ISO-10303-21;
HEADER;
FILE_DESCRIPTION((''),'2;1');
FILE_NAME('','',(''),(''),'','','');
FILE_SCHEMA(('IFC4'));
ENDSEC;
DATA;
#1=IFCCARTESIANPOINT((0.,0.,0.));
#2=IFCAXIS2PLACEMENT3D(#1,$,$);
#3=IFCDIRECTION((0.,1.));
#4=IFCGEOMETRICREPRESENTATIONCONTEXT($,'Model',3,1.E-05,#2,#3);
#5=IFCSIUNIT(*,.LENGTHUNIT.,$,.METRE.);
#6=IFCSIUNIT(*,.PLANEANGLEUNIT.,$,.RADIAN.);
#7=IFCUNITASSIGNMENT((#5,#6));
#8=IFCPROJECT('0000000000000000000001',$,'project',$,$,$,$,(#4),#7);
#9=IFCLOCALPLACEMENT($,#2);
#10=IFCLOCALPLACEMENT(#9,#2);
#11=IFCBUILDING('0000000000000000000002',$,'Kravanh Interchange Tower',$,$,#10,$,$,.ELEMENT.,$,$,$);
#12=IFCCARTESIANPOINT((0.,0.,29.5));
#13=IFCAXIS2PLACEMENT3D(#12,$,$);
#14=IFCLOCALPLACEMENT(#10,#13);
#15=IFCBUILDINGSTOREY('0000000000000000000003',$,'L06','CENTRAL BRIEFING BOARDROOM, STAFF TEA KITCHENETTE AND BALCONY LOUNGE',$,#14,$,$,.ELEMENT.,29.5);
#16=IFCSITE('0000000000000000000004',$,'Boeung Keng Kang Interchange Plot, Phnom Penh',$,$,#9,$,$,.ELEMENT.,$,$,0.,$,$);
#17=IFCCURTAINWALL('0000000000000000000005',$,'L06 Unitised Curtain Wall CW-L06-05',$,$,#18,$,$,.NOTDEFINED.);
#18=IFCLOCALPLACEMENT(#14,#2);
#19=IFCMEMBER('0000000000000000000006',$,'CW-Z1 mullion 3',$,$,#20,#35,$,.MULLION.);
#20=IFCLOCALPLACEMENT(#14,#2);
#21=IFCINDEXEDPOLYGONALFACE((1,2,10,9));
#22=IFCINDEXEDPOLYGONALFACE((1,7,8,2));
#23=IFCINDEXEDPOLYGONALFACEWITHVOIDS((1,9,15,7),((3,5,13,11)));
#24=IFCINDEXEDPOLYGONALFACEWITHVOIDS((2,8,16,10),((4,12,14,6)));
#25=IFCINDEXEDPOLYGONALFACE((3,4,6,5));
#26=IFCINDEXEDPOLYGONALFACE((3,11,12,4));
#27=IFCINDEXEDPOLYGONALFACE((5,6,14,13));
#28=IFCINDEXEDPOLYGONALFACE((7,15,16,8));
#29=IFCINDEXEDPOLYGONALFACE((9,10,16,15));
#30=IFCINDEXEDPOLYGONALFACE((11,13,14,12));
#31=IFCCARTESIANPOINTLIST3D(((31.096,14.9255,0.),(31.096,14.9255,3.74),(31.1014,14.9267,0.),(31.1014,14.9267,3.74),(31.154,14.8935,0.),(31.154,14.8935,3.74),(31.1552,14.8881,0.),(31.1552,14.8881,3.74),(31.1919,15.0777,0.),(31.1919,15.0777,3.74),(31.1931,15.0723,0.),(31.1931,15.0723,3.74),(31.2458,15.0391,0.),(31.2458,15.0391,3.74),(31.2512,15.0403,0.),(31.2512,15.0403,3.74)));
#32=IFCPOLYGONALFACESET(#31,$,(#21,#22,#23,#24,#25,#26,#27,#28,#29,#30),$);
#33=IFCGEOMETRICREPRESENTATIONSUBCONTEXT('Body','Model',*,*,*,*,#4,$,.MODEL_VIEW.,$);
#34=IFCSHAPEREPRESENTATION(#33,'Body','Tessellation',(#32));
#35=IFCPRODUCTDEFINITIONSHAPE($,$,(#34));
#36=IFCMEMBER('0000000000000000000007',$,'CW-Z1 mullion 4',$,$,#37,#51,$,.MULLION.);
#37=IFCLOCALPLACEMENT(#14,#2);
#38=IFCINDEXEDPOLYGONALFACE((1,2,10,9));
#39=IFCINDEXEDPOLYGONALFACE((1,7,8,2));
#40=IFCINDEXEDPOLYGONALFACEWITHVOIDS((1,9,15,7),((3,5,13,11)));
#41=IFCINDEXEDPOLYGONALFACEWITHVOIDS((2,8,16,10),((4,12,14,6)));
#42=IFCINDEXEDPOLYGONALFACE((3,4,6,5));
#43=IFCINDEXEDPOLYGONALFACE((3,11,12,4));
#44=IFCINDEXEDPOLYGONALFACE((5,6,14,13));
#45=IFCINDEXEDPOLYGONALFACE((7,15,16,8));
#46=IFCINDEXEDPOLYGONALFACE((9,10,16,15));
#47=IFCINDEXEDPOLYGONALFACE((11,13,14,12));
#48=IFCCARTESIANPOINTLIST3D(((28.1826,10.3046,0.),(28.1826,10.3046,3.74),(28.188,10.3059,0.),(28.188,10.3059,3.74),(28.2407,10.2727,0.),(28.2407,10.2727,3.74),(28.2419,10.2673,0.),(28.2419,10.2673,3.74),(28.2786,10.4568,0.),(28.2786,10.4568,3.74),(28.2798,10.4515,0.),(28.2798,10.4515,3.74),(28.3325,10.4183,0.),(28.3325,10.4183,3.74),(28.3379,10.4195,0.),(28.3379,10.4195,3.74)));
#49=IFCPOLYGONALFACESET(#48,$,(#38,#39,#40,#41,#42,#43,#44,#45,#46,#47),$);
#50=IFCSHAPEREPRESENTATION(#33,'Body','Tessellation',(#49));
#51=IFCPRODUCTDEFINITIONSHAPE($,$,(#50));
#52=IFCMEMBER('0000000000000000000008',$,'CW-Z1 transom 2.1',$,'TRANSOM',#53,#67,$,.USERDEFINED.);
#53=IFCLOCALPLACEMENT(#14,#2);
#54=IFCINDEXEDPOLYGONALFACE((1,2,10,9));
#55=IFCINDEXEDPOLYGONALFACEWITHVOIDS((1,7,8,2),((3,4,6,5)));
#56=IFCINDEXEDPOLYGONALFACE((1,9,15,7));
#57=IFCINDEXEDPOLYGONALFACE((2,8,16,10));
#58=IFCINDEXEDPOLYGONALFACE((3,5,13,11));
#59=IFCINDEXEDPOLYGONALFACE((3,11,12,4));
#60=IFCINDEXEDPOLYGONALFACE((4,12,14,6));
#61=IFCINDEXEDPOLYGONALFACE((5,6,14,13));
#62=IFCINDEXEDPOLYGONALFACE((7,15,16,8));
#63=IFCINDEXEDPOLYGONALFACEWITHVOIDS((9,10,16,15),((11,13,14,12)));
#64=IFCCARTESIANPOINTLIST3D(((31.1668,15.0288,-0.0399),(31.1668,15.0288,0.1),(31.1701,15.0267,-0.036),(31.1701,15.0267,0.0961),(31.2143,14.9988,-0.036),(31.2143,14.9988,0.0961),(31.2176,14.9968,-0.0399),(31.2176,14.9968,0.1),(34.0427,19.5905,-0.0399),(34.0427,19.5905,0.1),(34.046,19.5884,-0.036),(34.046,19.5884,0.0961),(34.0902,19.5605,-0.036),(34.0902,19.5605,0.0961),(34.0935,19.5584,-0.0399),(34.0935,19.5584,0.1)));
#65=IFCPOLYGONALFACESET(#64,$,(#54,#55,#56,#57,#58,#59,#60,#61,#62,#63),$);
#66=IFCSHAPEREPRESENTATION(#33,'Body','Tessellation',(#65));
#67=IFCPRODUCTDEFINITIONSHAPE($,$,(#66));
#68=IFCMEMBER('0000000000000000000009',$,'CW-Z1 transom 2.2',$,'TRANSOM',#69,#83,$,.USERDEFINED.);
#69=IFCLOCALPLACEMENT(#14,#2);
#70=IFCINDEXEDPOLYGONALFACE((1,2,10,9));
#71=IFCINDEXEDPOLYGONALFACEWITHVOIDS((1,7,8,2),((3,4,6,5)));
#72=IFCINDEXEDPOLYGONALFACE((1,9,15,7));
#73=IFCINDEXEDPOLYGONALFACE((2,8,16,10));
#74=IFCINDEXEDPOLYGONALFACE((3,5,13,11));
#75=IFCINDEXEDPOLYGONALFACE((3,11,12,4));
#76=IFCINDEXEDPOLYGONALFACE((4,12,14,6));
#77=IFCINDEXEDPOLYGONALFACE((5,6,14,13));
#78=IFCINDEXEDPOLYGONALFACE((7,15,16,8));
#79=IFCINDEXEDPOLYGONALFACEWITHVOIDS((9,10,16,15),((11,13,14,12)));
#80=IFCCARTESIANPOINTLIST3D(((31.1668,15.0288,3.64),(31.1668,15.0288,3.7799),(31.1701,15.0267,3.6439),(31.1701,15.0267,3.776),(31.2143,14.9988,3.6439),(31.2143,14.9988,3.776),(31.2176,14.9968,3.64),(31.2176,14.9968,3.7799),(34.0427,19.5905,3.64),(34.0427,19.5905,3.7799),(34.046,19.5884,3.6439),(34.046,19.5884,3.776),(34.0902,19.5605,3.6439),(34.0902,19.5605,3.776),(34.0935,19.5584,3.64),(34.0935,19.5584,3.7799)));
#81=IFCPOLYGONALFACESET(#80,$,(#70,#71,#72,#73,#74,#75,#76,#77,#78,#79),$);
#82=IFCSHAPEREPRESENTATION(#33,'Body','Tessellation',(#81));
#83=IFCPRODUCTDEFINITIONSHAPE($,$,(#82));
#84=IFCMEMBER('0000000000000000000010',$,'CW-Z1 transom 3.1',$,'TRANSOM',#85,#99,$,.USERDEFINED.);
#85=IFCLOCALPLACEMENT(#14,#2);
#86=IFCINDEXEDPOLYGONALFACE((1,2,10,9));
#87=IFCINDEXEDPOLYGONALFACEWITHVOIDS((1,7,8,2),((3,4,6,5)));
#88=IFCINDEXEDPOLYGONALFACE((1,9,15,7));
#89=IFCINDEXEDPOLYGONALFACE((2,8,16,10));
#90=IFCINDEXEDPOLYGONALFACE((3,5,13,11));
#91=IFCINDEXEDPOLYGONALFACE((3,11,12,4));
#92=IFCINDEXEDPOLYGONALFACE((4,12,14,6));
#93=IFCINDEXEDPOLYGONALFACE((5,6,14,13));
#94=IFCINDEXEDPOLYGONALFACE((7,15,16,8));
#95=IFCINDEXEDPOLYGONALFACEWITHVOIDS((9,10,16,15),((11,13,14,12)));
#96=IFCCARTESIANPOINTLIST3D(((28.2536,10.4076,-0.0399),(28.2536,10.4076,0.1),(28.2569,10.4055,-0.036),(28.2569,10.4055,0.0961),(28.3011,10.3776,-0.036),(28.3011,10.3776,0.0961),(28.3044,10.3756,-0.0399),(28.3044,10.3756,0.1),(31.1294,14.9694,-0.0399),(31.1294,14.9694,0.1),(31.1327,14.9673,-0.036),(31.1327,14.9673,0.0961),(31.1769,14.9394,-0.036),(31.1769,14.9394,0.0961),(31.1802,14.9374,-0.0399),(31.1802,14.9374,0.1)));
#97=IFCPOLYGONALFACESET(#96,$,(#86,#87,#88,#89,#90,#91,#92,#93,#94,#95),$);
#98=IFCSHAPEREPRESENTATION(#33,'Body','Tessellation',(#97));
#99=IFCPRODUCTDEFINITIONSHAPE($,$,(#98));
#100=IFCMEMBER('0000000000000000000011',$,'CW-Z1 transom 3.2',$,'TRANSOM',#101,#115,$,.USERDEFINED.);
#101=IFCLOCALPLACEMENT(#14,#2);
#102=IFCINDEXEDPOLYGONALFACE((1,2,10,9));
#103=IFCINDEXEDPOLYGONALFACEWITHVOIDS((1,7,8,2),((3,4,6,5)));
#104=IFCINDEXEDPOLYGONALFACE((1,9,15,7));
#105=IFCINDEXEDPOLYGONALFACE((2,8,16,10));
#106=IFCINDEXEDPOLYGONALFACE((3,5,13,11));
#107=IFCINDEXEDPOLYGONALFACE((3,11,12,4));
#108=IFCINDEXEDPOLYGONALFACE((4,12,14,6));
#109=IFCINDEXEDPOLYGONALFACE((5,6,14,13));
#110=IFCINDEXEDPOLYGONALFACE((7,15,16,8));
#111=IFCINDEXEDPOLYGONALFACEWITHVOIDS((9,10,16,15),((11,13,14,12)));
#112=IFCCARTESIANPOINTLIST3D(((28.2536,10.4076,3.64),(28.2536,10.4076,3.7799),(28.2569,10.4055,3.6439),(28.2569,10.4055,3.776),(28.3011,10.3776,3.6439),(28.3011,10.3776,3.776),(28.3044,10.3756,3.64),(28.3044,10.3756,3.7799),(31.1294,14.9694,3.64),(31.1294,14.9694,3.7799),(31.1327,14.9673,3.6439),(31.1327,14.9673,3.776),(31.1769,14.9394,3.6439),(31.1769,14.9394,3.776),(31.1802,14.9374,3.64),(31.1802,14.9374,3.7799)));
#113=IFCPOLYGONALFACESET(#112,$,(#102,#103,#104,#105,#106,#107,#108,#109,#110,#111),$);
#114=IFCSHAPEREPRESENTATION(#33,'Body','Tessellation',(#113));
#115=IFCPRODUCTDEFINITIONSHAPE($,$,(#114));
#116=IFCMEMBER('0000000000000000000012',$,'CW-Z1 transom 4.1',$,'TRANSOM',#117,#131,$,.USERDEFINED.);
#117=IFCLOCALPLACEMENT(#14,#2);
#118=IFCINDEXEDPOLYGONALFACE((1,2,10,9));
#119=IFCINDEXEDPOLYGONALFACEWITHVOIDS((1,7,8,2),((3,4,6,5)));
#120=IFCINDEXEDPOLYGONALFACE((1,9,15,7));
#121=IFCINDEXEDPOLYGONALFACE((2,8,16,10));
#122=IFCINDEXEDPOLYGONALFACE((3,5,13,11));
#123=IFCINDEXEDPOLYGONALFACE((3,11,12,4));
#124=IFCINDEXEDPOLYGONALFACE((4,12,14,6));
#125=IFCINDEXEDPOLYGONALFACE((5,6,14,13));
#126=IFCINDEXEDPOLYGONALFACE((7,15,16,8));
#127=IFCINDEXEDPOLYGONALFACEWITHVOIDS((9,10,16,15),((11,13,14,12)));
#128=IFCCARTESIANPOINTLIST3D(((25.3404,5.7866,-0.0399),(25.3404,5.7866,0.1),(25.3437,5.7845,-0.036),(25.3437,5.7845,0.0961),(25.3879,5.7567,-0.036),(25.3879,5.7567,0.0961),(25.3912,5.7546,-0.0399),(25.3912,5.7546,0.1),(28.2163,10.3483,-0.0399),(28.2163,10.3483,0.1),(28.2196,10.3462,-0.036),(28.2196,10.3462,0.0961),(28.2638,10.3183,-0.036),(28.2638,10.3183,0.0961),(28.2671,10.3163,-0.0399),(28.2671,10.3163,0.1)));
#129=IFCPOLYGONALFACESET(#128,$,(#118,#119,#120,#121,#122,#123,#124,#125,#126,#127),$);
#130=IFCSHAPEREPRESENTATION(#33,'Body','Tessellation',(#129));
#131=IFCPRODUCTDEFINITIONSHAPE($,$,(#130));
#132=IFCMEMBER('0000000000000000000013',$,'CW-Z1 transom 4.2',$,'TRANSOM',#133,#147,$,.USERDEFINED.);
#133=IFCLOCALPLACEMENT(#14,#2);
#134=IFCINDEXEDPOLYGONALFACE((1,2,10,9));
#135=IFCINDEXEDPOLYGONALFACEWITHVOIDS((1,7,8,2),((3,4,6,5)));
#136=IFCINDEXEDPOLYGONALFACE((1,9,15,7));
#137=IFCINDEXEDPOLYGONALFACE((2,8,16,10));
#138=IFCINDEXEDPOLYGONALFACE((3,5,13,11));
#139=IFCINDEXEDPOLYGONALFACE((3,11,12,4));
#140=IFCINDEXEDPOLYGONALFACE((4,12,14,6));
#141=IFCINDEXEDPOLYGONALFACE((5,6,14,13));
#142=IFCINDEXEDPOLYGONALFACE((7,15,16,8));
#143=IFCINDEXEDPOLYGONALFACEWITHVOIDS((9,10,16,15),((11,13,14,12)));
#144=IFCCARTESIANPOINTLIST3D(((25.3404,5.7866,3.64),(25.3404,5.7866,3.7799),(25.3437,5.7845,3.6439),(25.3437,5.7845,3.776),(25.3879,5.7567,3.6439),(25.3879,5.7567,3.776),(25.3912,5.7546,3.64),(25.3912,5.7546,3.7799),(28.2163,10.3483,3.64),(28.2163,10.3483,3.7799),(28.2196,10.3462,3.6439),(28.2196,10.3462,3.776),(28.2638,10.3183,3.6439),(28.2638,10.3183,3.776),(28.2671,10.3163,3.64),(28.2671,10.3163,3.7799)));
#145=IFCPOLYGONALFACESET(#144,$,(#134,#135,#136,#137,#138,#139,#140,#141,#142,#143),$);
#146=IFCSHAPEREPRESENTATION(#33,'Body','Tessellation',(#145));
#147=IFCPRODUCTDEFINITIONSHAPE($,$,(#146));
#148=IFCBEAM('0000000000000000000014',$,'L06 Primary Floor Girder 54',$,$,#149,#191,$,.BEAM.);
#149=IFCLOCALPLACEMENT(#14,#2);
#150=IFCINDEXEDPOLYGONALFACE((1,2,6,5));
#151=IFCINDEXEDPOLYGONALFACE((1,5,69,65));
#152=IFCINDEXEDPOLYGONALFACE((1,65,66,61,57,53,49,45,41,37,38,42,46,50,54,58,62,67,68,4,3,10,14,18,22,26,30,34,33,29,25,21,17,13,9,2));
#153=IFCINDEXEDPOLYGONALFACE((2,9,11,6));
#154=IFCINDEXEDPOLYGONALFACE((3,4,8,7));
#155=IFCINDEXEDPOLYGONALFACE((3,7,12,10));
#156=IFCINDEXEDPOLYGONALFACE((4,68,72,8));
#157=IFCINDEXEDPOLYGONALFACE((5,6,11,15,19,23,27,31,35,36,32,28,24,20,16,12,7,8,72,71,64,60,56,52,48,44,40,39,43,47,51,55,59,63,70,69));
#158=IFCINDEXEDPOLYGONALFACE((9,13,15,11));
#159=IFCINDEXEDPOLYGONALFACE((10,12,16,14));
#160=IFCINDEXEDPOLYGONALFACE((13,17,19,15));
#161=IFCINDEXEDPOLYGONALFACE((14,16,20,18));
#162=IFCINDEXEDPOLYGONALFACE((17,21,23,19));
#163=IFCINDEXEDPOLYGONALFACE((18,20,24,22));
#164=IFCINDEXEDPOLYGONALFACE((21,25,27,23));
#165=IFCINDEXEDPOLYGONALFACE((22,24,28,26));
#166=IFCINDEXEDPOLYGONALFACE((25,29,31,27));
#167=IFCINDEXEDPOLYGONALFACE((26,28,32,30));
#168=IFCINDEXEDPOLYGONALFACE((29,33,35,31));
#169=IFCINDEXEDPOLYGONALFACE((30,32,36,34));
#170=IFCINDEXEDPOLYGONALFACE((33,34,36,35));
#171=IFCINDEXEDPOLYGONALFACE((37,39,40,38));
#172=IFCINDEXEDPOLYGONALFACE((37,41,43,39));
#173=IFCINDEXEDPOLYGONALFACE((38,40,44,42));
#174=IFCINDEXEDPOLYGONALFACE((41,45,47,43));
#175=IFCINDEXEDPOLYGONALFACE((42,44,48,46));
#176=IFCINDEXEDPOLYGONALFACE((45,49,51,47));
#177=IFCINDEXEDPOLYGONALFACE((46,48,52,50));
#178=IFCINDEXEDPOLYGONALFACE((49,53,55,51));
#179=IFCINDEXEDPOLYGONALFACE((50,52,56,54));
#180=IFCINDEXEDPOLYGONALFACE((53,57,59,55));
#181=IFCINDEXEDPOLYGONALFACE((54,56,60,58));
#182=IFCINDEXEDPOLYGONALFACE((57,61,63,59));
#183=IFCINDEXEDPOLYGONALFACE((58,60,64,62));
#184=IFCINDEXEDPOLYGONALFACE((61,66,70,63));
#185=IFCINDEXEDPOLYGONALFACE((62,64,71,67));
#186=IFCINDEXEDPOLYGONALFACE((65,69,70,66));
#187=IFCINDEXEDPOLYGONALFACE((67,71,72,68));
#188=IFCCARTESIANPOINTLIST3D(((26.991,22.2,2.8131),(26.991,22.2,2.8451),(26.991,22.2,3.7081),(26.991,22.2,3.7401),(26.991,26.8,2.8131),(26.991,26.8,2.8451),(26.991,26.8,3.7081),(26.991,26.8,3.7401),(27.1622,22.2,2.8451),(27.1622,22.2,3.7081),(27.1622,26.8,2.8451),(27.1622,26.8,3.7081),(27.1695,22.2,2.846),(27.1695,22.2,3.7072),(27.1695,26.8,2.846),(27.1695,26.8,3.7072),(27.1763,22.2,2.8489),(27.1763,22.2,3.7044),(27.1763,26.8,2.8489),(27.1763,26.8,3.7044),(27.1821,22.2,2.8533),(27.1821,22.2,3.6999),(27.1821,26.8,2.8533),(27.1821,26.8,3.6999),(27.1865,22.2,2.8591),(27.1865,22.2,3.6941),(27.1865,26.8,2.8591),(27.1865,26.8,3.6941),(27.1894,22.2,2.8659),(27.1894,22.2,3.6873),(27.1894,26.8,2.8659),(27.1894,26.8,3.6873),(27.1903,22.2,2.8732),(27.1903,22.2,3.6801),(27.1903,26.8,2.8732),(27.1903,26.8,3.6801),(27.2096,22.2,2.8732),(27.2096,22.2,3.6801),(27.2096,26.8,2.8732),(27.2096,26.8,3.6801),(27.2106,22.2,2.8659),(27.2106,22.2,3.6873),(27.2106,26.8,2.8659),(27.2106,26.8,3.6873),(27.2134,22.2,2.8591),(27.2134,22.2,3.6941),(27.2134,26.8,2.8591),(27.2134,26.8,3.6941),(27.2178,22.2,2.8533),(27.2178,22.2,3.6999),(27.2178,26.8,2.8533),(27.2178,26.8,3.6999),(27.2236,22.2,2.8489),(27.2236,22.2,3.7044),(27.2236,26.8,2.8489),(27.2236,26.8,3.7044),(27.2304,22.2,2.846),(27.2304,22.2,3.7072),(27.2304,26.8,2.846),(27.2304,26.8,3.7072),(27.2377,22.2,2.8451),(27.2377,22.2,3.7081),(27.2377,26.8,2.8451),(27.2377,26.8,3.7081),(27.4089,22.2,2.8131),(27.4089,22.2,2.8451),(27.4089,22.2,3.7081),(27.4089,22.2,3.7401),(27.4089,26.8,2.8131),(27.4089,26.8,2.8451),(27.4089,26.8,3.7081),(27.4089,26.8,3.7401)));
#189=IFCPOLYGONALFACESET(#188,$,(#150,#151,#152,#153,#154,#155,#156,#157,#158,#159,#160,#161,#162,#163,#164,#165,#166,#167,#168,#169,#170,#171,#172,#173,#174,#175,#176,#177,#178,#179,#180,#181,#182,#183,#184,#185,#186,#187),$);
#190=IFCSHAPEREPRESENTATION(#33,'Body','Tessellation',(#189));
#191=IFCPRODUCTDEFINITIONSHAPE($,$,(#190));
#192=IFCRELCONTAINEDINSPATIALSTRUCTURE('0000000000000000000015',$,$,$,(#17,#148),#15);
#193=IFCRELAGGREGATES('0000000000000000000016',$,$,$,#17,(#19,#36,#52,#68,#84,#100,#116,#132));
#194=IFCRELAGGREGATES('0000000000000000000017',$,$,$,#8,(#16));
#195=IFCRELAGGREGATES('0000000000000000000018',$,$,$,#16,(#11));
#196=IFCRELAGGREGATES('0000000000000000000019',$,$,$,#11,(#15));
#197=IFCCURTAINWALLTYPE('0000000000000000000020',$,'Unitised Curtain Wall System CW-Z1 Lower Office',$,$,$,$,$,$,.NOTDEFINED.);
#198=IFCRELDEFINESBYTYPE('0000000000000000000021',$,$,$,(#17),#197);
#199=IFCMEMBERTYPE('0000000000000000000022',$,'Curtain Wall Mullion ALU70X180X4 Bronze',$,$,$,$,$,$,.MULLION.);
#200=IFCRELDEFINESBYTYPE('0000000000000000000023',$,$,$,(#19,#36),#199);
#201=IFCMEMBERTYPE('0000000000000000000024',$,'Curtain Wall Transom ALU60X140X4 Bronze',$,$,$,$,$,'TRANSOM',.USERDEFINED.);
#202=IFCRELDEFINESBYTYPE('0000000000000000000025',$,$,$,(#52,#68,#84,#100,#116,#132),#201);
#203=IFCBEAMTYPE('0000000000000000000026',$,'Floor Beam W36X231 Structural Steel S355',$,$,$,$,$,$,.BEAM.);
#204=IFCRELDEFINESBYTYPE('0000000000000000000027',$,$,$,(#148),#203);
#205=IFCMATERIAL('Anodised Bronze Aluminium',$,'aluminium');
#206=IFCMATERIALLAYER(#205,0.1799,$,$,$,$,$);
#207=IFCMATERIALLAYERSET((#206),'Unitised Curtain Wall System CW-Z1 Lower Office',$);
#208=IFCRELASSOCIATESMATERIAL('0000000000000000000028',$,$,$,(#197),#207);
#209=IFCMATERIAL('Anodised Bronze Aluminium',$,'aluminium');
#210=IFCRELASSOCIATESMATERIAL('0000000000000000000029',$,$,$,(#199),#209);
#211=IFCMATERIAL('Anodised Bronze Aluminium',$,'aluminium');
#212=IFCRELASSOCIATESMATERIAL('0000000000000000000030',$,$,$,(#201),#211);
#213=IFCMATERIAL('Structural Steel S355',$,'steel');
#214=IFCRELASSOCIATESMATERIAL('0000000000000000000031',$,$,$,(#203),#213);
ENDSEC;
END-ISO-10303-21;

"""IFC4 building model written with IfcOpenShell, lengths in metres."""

from ifc_helpers import new_model, si_unit, direction, frame, origin, origin_2d, place, context, subcontext, project, spatial, hollow_rectangle, i_section, extrude, material, layer, layer_set, material_profile, profile_set, type_object, element, aggregate, save


model = new_model("IFC4")

# Units and contexts
model_context = context("Model", 3, precision=1e-05, world=origin(), true_north=direction((0.0, 1.0)))
body_context = subcontext(model_context, "Body", "Model", "MODEL_VIEW")
ifc_project = project(units=[si_unit("LENGTHUNIT", "METRE"), si_unit("PLANEANGLEUNIT", "RADIAN")], contexts=[model_context])

# Site, building, storey
site_placement = place(None, origin())
site = spatial("IfcSite", under=ifc_project, at=site_placement, Name="Boeung Keng Kang Interchange Plot, Phnom Penh", CompositionType="ELEMENT", RefElevation=0.0)
building_placement = place(site_placement, origin())
building = spatial("IfcBuilding", under=site, at=building_placement, Name="Kravanh Interchange Tower", CompositionType="ELEMENT")
storey_placement = place(building_placement, frame((0.0, 0.0, 29.5)))
storey = spatial("IfcBuildingStorey", under=building, at=storey_placement, Name="L06", Description="CENTRAL BRIEFING BOARDROOM, STAFF TEA KITCHENETTE AND BALCONY LOUNGE", CompositionType="ELEMENT", Elevation=29.5)

# Curtain wall, members
ifc_material_1 = material(Name="Anodised Bronze Aluminium", Category="aluminium")
ifc_layer_1 = layer(ifc_material_1, 0.1799)
ifc_layer_set_1 = layer_set([ifc_layer_1], Name="Unitised Curtain Wall System CW-Z1 Lower Office")
curtain_wall_type = type_object("IfcCurtainWallType", Name="Unitised Curtain Wall System CW-Z1 Lower Office", PredefinedType="NOTDEFINED", material=ifc_layer_set_1)
curtain_wall_1_placement = place(storey_placement, origin())
curtain_wall_1 = element("IfcCurtainWall", 1, at=curtain_wall_1_placement, inside=storey, type_object=curtain_wall_type, Name="L06 Unitised Curtain Wall CW-L06-05", PredefinedType="NOTDEFINED")
ifc_material_2 = material(Name="Anodised Bronze Aluminium", Category="aluminium")
ifc_material_profile_1 = material_profile(ifc_material_2, hollow_rectangle(XDim=0.0701, YDim=0.1799, WallThickness=0.0039, at=origin_2d()), Name="ALU70X180X4")
ifc_profile_set_1 = profile_set([ifc_material_profile_1], Name="Anodised Bronze Aluminium")
member_type_1 = type_object("IfcMemberType", Name="Curtain Wall Mullion ALU70X180X4 Bronze", PredefinedType="MULLION", material=ifc_profile_set_1)
member_1_placement = place(storey_placement, frame((31.1736, 14.9829, 0.0), z_axis=(0.0, 0.0, 1.0), x_axis=(0.845926, -0.533301, 0.0)))
member_1 = element("IfcMember", 2, at=member_1_placement, type_object=member_type_1, Name="CW-Z1 mullion 3", PredefinedType="MULLION", context=body_context, shape_type="SweptSolid", body=[
    extrude(hollow_rectangle(XDim=0.0701, YDim=0.1799, WallThickness=0.0039, at=origin_2d()), origin(), (0.0, 0.0, 1.0), 3.74),
])
member_2_placement = place(storey_placement, frame((28.2603, 10.3621, 0.0), z_axis=(0.0, 0.0, 1.0), x_axis=(0.845926, -0.533301, 0.0)))
member_2 = element("IfcMember", 3, at=member_2_placement, type_object=member_type_1, Name="CW-Z1 mullion 4", PredefinedType="MULLION", context=body_context, shape_type="SweptSolid", body=[
    extrude(hollow_rectangle(XDim=0.0701, YDim=0.1799, WallThickness=0.0039, at=origin_2d()), origin(), (0.0, 0.0, 1.0), 3.74),
])
ifc_material_3 = material(Name="Anodised Bronze Aluminium", Category="aluminium")
ifc_material_profile_2 = material_profile(ifc_material_3, hollow_rectangle(XDim=0.0601, YDim=0.1399, WallThickness=0.0039, at=origin_2d()), Name="ALU60X140X4")
ifc_profile_set_2 = profile_set([ifc_material_profile_2], Name="Anodised Bronze Aluminium")
member_type_2 = type_object("IfcMemberType", Name="Curtain Wall Transom ALU60X140X4 Bronze", ElementType="TRANSOM", PredefinedType="USERDEFINED", material=ifc_profile_set_2)
member_3_placement = place(storey_placement, frame((34.0681, 19.5745, 0.03), z_axis=(-0.533311, -0.845919, 0.0), x_axis=(0.845919, -0.533311, 0.0)))
member_3 = element("IfcMember", 4, at=member_3_placement, type_object=member_type_2, Name="CW-Z1 transom 2.1", ObjectType="TRANSOM", PredefinedType="USERDEFINED", context=body_context, shape_type="SweptSolid", body=[
    extrude(hollow_rectangle(XDim=0.0601, YDim=0.1399, WallThickness=0.0039, at=origin_2d()), origin(), (0.0, 0.0, 1.0), 5.3926),
])
member_4_placement = place(storey_placement, frame((34.0681, 19.5745, 3.71), z_axis=(-0.533311, -0.845919, 0.0), x_axis=(0.845919, -0.533311, 0.0)))
member_4 = element("IfcMember", 5, at=member_4_placement, type_object=member_type_2, Name="CW-Z1 transom 2.2", ObjectType="TRANSOM", PredefinedType="USERDEFINED", context=body_context, shape_type="SweptSolid", body=[
    extrude(hollow_rectangle(XDim=0.0601, YDim=0.1399, WallThickness=0.0039, at=origin_2d()), origin(), (0.0, 0.0, 1.0), 5.3926),
])
member_5_placement = place(storey_placement, frame((31.1548, 14.9534, 0.03), z_axis=(-0.533279, -0.845939, 0.0), x_axis=(0.845939, -0.533279, 0.0)))
member_5 = element("IfcMember", 6, at=member_5_placement, type_object=member_type_2, Name="CW-Z1 transom 3.1", ObjectType="TRANSOM", PredefinedType="USERDEFINED", context=body_context, shape_type="SweptSolid", body=[
    extrude(hollow_rectangle(XDim=0.0601, YDim=0.1399, WallThickness=0.0039, at=origin_2d()), origin(), (0.0, 0.0, 1.0), 5.3926),
])
member_6_placement = place(storey_placement, frame((31.1548, 14.9534, 3.71), z_axis=(-0.533279, -0.845939, 0.0), x_axis=(0.845939, -0.533279, 0.0)))
member_6 = element("IfcMember", 7, at=member_6_placement, type_object=member_type_2, Name="CW-Z1 transom 3.2", ObjectType="TRANSOM", PredefinedType="USERDEFINED", context=body_context, shape_type="SweptSolid", body=[
    extrude(hollow_rectangle(XDim=0.0601, YDim=0.1399, WallThickness=0.0039, at=origin_2d()), origin(), (0.0, 0.0, 1.0), 5.3926),
])
member_7_placement = place(storey_placement, frame((28.2417, 10.3323, 0.03), z_axis=(-0.533311, -0.845919, 0.0), x_axis=(0.845919, -0.533311, 0.0)))
member_7 = element("IfcMember", 8, at=member_7_placement, type_object=member_type_2, Name="CW-Z1 transom 4.1", ObjectType="TRANSOM", PredefinedType="USERDEFINED", context=body_context, shape_type="SweptSolid", body=[
    extrude(hollow_rectangle(XDim=0.0601, YDim=0.1399, WallThickness=0.0039, at=origin_2d()), origin(), (0.0, 0.0, 1.0), 5.3926),
])
member_8_placement = place(storey_placement, frame((28.2417, 10.3323, 3.71), z_axis=(-0.533311, -0.845919, 0.0), x_axis=(0.845919, -0.533311, 0.0)))
member_8 = element("IfcMember", 9, at=member_8_placement, type_object=member_type_2, Name="CW-Z1 transom 4.2", ObjectType="TRANSOM", PredefinedType="USERDEFINED", context=body_context, shape_type="SweptSolid", body=[
    extrude(hollow_rectangle(XDim=0.0601, YDim=0.1399, WallThickness=0.0039, at=origin_2d()), origin(), (0.0, 0.0, 1.0), 5.3926),
])

# Beam
ifc_material_4 = material(Name="Structural Steel S355", Category="steel")
ifc_material_profile_3 = material_profile(ifc_material_4, i_section(OverallWidth=0.418, OverallDepth=0.927, WebThickness=0.0193, FlangeThickness=0.032, FilletRadius=0.0281, at=origin_2d()), Name="W36X231")
ifc_profile_set_3 = profile_set([ifc_material_profile_3], Name="Structural Steel S355")
beam_type_1 = type_object("IfcBeamType", Name="Floor Beam W36X231 Structural Steel S355", PredefinedType="BEAM", material=ifc_profile_set_3)
beam_1_placement = place(storey_placement, frame((27.2, 22.2, 3.2766), z_axis=(0.0, 1.0, 0.0), x_axis=(-1.0, 0.0, 0.0)))
element("IfcBeam", 10, at=beam_1_placement, inside=storey, type_object=beam_type_1, Name="L06 Primary Floor Girder 54", PredefinedType="BEAM", context=body_context, shape_type="SweptSolid", body=[
    extrude(i_section(OverallWidth=0.418, OverallDepth=0.927, WebThickness=0.0193, FlangeThickness=0.032, FilletRadius=0.0281, at=origin_2d()), origin(), (0.0, 0.0, 1.0), 4.6001),
])

aggregate(curtain_wall_1, [member_1, member_2, member_3, member_4, member_5, member_6, member_7, member_8])

save(model, "model.ifc")
